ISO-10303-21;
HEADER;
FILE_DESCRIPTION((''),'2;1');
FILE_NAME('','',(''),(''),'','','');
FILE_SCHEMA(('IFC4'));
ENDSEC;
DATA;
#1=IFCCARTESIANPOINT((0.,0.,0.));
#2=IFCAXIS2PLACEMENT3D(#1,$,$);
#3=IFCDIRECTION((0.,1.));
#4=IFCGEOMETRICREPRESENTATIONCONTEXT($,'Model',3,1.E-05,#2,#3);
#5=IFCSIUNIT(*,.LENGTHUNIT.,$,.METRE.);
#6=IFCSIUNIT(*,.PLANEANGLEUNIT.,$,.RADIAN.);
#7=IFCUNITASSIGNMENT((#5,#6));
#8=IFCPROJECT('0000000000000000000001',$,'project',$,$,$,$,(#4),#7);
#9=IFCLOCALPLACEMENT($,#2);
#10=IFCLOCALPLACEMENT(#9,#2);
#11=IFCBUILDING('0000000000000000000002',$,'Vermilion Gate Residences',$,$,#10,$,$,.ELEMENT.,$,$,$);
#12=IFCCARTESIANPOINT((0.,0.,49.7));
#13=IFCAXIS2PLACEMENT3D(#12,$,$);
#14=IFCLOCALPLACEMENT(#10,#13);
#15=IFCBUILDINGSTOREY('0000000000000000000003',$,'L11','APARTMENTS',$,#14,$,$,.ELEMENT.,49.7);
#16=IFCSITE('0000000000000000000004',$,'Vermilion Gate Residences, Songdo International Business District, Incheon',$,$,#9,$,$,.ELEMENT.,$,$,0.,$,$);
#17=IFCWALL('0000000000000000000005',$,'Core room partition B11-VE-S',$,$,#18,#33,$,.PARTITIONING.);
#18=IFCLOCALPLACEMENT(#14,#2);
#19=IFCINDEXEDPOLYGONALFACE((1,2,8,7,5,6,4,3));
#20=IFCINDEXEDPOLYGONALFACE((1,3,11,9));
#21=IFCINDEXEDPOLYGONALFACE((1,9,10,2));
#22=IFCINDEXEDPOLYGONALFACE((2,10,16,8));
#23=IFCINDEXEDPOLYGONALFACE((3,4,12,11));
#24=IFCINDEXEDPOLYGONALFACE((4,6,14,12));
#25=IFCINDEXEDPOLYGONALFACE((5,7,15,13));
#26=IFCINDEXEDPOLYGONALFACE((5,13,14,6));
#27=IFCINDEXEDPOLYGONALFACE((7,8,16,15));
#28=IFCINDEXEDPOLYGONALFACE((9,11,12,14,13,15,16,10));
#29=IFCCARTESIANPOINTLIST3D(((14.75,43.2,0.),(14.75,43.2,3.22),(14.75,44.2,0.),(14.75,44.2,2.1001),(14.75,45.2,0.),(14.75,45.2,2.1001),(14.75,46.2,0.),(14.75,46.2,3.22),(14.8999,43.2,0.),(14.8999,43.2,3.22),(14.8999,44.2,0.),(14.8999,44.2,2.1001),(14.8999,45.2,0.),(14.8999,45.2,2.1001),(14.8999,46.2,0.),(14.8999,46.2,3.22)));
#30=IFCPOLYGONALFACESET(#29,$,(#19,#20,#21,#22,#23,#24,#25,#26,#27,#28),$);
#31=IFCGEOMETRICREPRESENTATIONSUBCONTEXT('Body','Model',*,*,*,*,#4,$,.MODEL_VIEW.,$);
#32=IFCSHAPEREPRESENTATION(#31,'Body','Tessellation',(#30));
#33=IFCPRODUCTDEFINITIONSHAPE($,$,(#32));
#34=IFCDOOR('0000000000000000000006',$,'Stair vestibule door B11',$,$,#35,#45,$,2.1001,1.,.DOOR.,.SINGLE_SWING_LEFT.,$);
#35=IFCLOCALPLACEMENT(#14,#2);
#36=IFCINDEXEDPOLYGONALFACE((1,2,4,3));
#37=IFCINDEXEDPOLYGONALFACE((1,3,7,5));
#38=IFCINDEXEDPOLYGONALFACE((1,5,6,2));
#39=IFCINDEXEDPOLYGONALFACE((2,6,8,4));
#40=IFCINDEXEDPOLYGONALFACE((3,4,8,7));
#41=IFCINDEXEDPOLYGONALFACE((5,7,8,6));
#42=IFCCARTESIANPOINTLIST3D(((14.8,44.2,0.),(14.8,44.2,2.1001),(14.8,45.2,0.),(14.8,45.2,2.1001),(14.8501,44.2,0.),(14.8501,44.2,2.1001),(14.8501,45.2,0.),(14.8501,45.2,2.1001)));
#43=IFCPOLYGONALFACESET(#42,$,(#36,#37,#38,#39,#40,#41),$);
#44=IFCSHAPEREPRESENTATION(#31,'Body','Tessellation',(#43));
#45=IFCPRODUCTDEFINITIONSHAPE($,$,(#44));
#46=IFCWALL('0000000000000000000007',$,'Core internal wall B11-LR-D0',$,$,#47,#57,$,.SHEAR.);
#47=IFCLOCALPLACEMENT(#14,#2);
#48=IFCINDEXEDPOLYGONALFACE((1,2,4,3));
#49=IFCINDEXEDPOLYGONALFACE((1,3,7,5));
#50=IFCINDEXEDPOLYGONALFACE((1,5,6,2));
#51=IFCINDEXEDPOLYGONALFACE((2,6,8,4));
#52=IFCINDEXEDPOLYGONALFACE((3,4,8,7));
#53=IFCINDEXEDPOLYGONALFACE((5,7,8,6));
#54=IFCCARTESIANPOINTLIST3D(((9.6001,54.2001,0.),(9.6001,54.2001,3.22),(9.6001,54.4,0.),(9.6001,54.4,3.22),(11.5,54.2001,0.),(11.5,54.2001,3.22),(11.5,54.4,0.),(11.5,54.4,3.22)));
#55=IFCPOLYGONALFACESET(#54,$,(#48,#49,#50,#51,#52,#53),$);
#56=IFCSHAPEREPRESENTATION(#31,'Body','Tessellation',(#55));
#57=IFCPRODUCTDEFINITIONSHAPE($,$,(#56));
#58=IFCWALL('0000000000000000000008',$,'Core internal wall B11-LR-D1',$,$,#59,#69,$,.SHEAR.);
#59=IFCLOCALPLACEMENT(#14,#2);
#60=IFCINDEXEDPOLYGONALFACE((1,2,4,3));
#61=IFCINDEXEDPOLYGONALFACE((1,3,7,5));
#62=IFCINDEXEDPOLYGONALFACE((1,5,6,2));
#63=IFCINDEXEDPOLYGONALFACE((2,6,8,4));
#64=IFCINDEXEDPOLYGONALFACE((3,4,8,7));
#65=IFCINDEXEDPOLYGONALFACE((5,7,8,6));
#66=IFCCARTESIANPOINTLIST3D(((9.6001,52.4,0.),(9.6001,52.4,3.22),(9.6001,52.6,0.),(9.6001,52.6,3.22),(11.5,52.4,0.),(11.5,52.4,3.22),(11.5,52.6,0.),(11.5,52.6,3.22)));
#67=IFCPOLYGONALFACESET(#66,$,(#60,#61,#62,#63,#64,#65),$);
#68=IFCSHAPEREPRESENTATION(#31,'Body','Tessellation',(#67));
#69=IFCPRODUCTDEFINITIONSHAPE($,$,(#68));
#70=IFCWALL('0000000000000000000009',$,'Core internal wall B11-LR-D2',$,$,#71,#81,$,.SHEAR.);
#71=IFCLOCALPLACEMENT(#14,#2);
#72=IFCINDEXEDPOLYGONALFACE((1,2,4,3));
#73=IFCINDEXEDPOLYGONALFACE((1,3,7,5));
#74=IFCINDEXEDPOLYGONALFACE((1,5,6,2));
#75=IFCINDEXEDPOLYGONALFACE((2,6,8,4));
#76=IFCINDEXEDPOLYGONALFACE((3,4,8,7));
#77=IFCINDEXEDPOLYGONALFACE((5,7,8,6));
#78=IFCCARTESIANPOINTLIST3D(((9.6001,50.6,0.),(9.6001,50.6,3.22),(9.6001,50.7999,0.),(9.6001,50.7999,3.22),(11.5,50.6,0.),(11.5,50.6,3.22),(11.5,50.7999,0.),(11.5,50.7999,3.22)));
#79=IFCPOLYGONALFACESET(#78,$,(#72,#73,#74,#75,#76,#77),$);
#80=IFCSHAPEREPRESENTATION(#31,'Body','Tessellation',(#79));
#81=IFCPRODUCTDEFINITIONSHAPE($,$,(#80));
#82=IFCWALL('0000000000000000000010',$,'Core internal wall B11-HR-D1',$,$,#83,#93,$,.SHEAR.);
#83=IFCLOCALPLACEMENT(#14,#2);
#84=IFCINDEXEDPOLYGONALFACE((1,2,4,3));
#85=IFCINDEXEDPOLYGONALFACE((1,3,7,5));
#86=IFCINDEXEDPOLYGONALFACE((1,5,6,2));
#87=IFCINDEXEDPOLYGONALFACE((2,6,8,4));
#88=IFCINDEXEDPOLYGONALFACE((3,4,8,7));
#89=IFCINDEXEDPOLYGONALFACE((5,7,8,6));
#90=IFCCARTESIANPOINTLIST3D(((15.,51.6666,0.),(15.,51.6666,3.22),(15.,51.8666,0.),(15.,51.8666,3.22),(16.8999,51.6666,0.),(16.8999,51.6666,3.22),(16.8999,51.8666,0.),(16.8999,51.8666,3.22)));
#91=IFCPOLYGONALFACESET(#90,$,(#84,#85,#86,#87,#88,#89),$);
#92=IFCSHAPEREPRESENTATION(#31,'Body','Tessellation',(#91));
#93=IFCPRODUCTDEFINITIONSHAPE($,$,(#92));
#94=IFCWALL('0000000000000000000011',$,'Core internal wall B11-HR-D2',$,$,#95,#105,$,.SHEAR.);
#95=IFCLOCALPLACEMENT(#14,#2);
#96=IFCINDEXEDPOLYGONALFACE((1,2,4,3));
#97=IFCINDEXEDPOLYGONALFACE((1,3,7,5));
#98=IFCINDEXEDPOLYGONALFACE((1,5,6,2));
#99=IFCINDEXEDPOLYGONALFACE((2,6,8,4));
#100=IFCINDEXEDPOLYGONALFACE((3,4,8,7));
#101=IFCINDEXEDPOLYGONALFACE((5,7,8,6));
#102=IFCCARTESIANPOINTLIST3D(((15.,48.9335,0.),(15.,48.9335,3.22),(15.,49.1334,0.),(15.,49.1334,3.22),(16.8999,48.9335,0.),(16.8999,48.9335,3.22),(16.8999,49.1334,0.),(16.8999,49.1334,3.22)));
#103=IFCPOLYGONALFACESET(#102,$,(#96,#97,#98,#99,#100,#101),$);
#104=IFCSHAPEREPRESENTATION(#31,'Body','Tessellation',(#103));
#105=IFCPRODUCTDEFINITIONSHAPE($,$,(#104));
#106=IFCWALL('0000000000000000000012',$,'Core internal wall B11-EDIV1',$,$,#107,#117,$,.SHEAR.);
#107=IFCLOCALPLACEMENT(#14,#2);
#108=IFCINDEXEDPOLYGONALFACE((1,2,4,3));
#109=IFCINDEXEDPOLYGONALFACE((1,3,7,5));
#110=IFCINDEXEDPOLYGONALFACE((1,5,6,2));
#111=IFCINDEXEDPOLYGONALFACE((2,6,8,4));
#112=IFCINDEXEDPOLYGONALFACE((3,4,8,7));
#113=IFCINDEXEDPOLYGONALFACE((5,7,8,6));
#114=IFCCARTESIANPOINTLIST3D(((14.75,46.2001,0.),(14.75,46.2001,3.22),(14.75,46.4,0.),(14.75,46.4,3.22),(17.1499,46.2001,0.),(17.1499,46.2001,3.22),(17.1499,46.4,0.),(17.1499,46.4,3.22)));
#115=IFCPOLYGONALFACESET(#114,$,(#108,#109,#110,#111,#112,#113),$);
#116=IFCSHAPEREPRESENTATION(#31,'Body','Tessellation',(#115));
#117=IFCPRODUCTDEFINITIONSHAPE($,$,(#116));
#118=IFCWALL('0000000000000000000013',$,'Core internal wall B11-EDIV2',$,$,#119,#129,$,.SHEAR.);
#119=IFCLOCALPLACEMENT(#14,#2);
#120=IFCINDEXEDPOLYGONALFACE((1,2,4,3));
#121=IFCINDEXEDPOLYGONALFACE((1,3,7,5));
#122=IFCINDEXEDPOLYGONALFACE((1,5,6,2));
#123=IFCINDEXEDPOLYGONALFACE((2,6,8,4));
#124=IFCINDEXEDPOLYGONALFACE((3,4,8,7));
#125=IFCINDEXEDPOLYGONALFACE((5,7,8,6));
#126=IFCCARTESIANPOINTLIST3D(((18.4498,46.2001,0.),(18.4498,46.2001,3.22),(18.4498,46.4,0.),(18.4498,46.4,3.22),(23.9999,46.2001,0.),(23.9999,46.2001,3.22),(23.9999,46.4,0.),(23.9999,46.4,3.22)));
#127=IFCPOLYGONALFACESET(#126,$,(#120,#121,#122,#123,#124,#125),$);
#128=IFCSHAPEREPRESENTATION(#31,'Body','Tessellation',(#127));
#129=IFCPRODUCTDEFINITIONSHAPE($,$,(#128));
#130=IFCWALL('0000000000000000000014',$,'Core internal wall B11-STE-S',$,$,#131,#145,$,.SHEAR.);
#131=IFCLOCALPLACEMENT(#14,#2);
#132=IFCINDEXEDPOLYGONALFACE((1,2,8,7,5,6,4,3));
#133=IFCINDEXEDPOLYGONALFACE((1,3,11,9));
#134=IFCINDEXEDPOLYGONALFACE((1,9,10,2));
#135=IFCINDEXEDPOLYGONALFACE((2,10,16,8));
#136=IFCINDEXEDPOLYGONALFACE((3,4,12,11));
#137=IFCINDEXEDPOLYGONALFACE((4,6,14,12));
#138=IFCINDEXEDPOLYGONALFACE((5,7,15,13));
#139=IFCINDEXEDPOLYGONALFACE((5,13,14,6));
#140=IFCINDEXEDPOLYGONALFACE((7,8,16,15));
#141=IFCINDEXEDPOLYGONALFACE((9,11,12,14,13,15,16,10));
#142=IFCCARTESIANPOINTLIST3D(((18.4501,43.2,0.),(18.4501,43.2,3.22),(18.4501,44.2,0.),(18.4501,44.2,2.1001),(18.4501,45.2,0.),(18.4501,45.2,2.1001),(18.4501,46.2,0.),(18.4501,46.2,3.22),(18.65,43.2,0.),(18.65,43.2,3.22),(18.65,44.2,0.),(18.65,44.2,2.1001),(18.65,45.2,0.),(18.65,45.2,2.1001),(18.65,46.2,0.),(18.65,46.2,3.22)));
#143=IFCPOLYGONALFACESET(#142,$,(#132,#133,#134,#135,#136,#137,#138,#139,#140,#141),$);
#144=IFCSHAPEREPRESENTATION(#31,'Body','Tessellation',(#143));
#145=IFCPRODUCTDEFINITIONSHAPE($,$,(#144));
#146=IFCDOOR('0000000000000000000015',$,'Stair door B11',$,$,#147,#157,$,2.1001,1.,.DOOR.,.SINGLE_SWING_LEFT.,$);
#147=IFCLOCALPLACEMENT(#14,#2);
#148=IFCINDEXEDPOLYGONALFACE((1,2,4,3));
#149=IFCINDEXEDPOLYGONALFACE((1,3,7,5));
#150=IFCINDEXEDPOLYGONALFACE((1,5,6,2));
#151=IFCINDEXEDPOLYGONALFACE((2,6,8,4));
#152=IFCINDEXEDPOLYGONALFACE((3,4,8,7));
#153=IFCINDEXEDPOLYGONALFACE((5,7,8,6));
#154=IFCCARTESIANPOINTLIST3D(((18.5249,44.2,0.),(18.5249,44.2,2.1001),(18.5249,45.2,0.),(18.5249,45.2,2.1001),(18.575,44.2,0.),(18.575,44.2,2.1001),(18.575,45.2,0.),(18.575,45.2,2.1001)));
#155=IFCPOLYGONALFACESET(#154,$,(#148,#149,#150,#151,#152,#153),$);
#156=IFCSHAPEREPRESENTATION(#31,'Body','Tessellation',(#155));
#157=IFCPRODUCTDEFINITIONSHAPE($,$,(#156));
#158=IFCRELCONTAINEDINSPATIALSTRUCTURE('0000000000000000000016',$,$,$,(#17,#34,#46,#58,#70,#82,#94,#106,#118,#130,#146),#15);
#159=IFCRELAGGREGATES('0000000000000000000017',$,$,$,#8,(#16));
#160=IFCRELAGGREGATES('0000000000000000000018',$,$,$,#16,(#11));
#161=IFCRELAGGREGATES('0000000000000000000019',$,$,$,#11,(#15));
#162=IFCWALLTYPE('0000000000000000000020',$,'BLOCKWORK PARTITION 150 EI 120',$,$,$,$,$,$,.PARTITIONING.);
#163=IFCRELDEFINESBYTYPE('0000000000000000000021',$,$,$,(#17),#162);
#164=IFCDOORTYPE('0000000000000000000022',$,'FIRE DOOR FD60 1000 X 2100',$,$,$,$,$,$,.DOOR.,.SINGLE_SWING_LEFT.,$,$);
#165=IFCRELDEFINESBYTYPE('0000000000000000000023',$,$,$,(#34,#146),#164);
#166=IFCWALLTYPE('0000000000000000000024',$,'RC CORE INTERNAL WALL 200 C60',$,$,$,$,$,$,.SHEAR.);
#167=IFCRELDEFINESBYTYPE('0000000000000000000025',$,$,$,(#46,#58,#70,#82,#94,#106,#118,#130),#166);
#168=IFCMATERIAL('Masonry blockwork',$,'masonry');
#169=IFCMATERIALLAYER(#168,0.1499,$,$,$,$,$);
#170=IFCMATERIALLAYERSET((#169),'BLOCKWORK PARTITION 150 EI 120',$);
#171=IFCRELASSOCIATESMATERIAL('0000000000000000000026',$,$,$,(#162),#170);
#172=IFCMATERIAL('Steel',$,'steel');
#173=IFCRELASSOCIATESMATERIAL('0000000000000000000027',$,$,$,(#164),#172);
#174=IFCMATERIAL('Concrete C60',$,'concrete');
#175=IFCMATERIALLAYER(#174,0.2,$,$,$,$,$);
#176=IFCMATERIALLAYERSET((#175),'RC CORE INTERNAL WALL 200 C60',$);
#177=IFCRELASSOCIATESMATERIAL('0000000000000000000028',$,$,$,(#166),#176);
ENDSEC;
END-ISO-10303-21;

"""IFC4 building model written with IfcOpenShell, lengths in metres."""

from ifc_helpers import new_model, si_unit, direction, frame, frame_2d, origin, place, context, subcontext, project, spatial, rectangle, extrude, material, layer, layer_set, type_object, element, fill, save


model = new_model("IFC4")

# Units and contexts
model_context = context("Model", 3, precision=1e-05, world=origin(), true_north=direction((0.0, 1.0)))
body_context = subcontext(model_context, "Body", "Model", "MODEL_VIEW")
ifc_project = project(units=[si_unit("LENGTHUNIT", "METRE"), si_unit("PLANEANGLEUNIT", "RADIAN")], contexts=[model_context])

# Site, building, storey
site_placement = place(None, origin())
site = spatial("IfcSite", under=ifc_project, at=site_placement, Name="Vermilion Gate Residences, Songdo International Business District, Incheon", CompositionType="ELEMENT", RefElevation=0.0)
building_placement = place(site_placement, origin())
building = spatial("IfcBuilding", under=site, at=building_placement, Name="Vermilion Gate Residences", CompositionType="ELEMENT")
storey_placement = place(building_placement, frame((0.0, 0.0, 49.7)))
storey = spatial("IfcBuildingStorey", under=building, at=storey_placement, Name="L11", Description="APARTMENTS", CompositionType="ELEMENT", Elevation=49.7)

# Wall, opening, door
ifc_material_1 = material(Name="Masonry blockwork", Category="masonry")
ifc_layer_1 = layer(ifc_material_1, 0.1499)
ifc_layer_set_1 = layer_set([ifc_layer_1], Name="BLOCKWORK PARTITION 150 EI 120")
wall_type_1 = type_object("IfcWallType", Name="BLOCKWORK PARTITION 150 EI 120", PredefinedType="PARTITIONING", material=ifc_layer_set_1)
wall_1_placement = place(storey_placement, frame((14.825, 46.2, 0.0), z_axis=(0.0, 0.0, 1.0), x_axis=(0.0, -1.0, 0.0)))
wall_1 = element("IfcWall", 1, at=wall_1_placement, inside=storey, type_object=wall_type_1, Name="Core room partition B11-VE-S", PredefinedType="PARTITIONING", context=body_context, shape_type="SweptSolid", body=[
    extrude(rectangle(XDim=3.0, YDim=0.1499, at=frame_2d((1.5, 0.0))), origin(), (0.0, 0.0, 1.0), 3.22),
])
opening_1_placement = place(wall_1_placement, frame((1.0, 0.0, 0.0)))
opening_1 = element("IfcOpeningElement", 2, at=opening_1_placement, cuts=wall_1, PredefinedType="OPENING", context=body_context, shape_type="SweptSolid", body=[
    extrude(rectangle(XDim=1.0, YDim=2.1001, at=frame_2d((0.5, 1.05))), frame((0.0, 0.085, 0.0), z_axis=(0.0, -1.0, 0.0), x_axis=(1.0, 0.0, 0.0)), (0.0, 0.0, 1.0), 0.1699),
])
ifc_material_2 = material(Name="Steel", Category="steel")
door_type_1 = type_object("IfcDoorType", Name="FIRE DOOR FD60 1000 X 2100", OperationType="SINGLE_SWING_LEFT", PredefinedType="DOOR", material=ifc_material_2)
door_1_placement = place(opening_1_placement, frame((1.0, 0.0, 0.0), z_axis=(0.0, 0.0, 1.0), x_axis=(-1.0, 0.0, 0.0)))
door_1 = element("IfcDoor", 3, at=door_1_placement, inside=storey, type_object=door_type_1, Name="Stair vestibule door B11", OperationType="SINGLE_SWING_LEFT", OverallHeight=2.1001, OverallWidth=1.0, PredefinedType="DOOR", context=body_context, shape_type="SweptSolid", body=[
    extrude(rectangle(XDim=1.0, YDim=2.1001, at=frame_2d((0.5, 1.05))), frame((0.0, 0.0249, 0.0), z_axis=(0.0, -1.0, 0.0), x_axis=(1.0, 0.0, 0.0)), (0.0, 0.0, 1.0), 0.05),
])
fill(opening_1, door_1)

# Walls
ifc_material_3 = material(Name="Concrete C60", Category="concrete")
ifc_layer_2 = layer(ifc_material_3, 0.2)
ifc_layer_set_2 = layer_set([ifc_layer_2], Name="RC CORE INTERNAL WALL 200 C60")
wall_type_2 = type_object("IfcWallType", Name="RC CORE INTERNAL WALL 200 C60", PredefinedType="SHEAR", material=ifc_layer_set_2)
for number, where, z_axis, x_axis, name in (
    (4, (9.6001, 54.3, 0.0), (0.0, 0.0, 1.0), (1.0, 0.0, 0.0), "Core internal wall B11-LR-D0"),
    (5, (9.6001, 52.5, 0.0), (0.0, 0.0, 1.0), (1.0, 0.0, 0.0), "Core internal wall B11-LR-D1"),
    (6, (9.6001, 50.7, 0.0), (0.0, 0.0, 1.0), (1.0, 0.0, 0.0), "Core internal wall B11-LR-D2"),
    (7, (15.0, 51.7666, 0.0), (0.0, 0.0, 1.0), (1.0, 0.0, 0.0), "Core internal wall B11-HR-D1"),
    (8, (15.0, 49.0334, 0.0), (0.0, 0.0, 1.0), (1.0, 0.0, 0.0), "Core internal wall B11-HR-D2"),
):
    element("IfcWall", number, at=place(storey_placement, frame(where, z_axis=z_axis, x_axis=x_axis)), inside=storey, type_object=wall_type_2, Name=name, PredefinedType="SHEAR", context=body_context, shape_type="SweptSolid", body=[
        extrude(rectangle(XDim=1.8999, YDim=0.2, at=frame_2d((0.95, 0.0))), origin(), (0.0, 0.0, 1.0), 3.22),
    ])
wall_2_placement = place(storey_placement, frame((14.75, 46.3, 0.0), z_axis=(0.0, 0.0, 1.0), x_axis=(1.0, 0.0, 0.0)))
element("IfcWall", 9, at=wall_2_placement, inside=storey, type_object=wall_type_2, Name="Core internal wall B11-EDIV1", PredefinedType="SHEAR", context=body_context, shape_type="SweptSolid", body=[
    extrude(rectangle(XDim=2.3999, YDim=0.2, at=frame_2d((1.2, 0.0))), origin(), (0.0, 0.0, 1.0), 3.22),
])
wall_3_placement = place(storey_placement, frame((18.45, 46.3, 0.0), z_axis=(0.0, 0.0, 1.0), x_axis=(1.0, 0.0, 0.0)))
element("IfcWall", 10, at=wall_3_placement, inside=storey, type_object=wall_type_2, Name="Core internal wall B11-EDIV2", PredefinedType="SHEAR", context=body_context, shape_type="SweptSolid", body=[
    extrude(rectangle(XDim=5.55, YDim=0.2, at=frame_2d((2.7749, 0.0))), origin(), (0.0, 0.0, 1.0), 3.22),
])

# Wall, opening, door
wall_4_placement = place(storey_placement, frame((18.55, 46.2, 0.0), z_axis=(0.0, 0.0, 1.0), x_axis=(0.0, -1.0, 0.0)))
wall_4 = element("IfcWall", 11, at=wall_4_placement, inside=storey, type_object=wall_type_2, Name="Core internal wall B11-STE-S", PredefinedType="SHEAR", context=body_context, shape_type="SweptSolid", body=[
    extrude(rectangle(XDim=3.0, YDim=0.2, at=frame_2d((1.5, 0.0))), origin(), (0.0, 0.0, 1.0), 3.22),
])
opening_2_placement = place(wall_4_placement, frame((1.0, 0.0, 0.0)))
opening_2 = element("IfcOpeningElement", 12, at=opening_2_placement, cuts=wall_4, PredefinedType="OPENING", context=body_context, shape_type="SweptSolid", body=[
    extrude(rectangle(XDim=1.0, YDim=2.1001, at=frame_2d((0.5, 1.05))), frame((0.0, 0.1099, 0.0), z_axis=(0.0, -1.0, 0.0), x_axis=(1.0, 0.0, 0.0)), (0.0, 0.0, 1.0), 0.22),
])
door_2_placement = place(opening_2_placement, origin())
door_2 = element("IfcDoor", 13, at=door_2_placement, inside=storey, type_object=door_type_1, Name="Stair door B11", OperationType="SINGLE_SWING_LEFT", OverallHeight=2.1001, OverallWidth=1.0, PredefinedType="DOOR", context=body_context, shape_type="SweptSolid", body=[
    extrude(rectangle(XDim=1.0, YDim=2.1001, at=frame_2d((0.5, 1.05))), frame((0.0, 0.0249, 0.0), z_axis=(0.0, -1.0, 0.0), x_axis=(1.0, 0.0, 0.0)), (0.0, 0.0, 1.0), 0.05),
])
fill(opening_2, door_2)

save(model, "model.ifc")
